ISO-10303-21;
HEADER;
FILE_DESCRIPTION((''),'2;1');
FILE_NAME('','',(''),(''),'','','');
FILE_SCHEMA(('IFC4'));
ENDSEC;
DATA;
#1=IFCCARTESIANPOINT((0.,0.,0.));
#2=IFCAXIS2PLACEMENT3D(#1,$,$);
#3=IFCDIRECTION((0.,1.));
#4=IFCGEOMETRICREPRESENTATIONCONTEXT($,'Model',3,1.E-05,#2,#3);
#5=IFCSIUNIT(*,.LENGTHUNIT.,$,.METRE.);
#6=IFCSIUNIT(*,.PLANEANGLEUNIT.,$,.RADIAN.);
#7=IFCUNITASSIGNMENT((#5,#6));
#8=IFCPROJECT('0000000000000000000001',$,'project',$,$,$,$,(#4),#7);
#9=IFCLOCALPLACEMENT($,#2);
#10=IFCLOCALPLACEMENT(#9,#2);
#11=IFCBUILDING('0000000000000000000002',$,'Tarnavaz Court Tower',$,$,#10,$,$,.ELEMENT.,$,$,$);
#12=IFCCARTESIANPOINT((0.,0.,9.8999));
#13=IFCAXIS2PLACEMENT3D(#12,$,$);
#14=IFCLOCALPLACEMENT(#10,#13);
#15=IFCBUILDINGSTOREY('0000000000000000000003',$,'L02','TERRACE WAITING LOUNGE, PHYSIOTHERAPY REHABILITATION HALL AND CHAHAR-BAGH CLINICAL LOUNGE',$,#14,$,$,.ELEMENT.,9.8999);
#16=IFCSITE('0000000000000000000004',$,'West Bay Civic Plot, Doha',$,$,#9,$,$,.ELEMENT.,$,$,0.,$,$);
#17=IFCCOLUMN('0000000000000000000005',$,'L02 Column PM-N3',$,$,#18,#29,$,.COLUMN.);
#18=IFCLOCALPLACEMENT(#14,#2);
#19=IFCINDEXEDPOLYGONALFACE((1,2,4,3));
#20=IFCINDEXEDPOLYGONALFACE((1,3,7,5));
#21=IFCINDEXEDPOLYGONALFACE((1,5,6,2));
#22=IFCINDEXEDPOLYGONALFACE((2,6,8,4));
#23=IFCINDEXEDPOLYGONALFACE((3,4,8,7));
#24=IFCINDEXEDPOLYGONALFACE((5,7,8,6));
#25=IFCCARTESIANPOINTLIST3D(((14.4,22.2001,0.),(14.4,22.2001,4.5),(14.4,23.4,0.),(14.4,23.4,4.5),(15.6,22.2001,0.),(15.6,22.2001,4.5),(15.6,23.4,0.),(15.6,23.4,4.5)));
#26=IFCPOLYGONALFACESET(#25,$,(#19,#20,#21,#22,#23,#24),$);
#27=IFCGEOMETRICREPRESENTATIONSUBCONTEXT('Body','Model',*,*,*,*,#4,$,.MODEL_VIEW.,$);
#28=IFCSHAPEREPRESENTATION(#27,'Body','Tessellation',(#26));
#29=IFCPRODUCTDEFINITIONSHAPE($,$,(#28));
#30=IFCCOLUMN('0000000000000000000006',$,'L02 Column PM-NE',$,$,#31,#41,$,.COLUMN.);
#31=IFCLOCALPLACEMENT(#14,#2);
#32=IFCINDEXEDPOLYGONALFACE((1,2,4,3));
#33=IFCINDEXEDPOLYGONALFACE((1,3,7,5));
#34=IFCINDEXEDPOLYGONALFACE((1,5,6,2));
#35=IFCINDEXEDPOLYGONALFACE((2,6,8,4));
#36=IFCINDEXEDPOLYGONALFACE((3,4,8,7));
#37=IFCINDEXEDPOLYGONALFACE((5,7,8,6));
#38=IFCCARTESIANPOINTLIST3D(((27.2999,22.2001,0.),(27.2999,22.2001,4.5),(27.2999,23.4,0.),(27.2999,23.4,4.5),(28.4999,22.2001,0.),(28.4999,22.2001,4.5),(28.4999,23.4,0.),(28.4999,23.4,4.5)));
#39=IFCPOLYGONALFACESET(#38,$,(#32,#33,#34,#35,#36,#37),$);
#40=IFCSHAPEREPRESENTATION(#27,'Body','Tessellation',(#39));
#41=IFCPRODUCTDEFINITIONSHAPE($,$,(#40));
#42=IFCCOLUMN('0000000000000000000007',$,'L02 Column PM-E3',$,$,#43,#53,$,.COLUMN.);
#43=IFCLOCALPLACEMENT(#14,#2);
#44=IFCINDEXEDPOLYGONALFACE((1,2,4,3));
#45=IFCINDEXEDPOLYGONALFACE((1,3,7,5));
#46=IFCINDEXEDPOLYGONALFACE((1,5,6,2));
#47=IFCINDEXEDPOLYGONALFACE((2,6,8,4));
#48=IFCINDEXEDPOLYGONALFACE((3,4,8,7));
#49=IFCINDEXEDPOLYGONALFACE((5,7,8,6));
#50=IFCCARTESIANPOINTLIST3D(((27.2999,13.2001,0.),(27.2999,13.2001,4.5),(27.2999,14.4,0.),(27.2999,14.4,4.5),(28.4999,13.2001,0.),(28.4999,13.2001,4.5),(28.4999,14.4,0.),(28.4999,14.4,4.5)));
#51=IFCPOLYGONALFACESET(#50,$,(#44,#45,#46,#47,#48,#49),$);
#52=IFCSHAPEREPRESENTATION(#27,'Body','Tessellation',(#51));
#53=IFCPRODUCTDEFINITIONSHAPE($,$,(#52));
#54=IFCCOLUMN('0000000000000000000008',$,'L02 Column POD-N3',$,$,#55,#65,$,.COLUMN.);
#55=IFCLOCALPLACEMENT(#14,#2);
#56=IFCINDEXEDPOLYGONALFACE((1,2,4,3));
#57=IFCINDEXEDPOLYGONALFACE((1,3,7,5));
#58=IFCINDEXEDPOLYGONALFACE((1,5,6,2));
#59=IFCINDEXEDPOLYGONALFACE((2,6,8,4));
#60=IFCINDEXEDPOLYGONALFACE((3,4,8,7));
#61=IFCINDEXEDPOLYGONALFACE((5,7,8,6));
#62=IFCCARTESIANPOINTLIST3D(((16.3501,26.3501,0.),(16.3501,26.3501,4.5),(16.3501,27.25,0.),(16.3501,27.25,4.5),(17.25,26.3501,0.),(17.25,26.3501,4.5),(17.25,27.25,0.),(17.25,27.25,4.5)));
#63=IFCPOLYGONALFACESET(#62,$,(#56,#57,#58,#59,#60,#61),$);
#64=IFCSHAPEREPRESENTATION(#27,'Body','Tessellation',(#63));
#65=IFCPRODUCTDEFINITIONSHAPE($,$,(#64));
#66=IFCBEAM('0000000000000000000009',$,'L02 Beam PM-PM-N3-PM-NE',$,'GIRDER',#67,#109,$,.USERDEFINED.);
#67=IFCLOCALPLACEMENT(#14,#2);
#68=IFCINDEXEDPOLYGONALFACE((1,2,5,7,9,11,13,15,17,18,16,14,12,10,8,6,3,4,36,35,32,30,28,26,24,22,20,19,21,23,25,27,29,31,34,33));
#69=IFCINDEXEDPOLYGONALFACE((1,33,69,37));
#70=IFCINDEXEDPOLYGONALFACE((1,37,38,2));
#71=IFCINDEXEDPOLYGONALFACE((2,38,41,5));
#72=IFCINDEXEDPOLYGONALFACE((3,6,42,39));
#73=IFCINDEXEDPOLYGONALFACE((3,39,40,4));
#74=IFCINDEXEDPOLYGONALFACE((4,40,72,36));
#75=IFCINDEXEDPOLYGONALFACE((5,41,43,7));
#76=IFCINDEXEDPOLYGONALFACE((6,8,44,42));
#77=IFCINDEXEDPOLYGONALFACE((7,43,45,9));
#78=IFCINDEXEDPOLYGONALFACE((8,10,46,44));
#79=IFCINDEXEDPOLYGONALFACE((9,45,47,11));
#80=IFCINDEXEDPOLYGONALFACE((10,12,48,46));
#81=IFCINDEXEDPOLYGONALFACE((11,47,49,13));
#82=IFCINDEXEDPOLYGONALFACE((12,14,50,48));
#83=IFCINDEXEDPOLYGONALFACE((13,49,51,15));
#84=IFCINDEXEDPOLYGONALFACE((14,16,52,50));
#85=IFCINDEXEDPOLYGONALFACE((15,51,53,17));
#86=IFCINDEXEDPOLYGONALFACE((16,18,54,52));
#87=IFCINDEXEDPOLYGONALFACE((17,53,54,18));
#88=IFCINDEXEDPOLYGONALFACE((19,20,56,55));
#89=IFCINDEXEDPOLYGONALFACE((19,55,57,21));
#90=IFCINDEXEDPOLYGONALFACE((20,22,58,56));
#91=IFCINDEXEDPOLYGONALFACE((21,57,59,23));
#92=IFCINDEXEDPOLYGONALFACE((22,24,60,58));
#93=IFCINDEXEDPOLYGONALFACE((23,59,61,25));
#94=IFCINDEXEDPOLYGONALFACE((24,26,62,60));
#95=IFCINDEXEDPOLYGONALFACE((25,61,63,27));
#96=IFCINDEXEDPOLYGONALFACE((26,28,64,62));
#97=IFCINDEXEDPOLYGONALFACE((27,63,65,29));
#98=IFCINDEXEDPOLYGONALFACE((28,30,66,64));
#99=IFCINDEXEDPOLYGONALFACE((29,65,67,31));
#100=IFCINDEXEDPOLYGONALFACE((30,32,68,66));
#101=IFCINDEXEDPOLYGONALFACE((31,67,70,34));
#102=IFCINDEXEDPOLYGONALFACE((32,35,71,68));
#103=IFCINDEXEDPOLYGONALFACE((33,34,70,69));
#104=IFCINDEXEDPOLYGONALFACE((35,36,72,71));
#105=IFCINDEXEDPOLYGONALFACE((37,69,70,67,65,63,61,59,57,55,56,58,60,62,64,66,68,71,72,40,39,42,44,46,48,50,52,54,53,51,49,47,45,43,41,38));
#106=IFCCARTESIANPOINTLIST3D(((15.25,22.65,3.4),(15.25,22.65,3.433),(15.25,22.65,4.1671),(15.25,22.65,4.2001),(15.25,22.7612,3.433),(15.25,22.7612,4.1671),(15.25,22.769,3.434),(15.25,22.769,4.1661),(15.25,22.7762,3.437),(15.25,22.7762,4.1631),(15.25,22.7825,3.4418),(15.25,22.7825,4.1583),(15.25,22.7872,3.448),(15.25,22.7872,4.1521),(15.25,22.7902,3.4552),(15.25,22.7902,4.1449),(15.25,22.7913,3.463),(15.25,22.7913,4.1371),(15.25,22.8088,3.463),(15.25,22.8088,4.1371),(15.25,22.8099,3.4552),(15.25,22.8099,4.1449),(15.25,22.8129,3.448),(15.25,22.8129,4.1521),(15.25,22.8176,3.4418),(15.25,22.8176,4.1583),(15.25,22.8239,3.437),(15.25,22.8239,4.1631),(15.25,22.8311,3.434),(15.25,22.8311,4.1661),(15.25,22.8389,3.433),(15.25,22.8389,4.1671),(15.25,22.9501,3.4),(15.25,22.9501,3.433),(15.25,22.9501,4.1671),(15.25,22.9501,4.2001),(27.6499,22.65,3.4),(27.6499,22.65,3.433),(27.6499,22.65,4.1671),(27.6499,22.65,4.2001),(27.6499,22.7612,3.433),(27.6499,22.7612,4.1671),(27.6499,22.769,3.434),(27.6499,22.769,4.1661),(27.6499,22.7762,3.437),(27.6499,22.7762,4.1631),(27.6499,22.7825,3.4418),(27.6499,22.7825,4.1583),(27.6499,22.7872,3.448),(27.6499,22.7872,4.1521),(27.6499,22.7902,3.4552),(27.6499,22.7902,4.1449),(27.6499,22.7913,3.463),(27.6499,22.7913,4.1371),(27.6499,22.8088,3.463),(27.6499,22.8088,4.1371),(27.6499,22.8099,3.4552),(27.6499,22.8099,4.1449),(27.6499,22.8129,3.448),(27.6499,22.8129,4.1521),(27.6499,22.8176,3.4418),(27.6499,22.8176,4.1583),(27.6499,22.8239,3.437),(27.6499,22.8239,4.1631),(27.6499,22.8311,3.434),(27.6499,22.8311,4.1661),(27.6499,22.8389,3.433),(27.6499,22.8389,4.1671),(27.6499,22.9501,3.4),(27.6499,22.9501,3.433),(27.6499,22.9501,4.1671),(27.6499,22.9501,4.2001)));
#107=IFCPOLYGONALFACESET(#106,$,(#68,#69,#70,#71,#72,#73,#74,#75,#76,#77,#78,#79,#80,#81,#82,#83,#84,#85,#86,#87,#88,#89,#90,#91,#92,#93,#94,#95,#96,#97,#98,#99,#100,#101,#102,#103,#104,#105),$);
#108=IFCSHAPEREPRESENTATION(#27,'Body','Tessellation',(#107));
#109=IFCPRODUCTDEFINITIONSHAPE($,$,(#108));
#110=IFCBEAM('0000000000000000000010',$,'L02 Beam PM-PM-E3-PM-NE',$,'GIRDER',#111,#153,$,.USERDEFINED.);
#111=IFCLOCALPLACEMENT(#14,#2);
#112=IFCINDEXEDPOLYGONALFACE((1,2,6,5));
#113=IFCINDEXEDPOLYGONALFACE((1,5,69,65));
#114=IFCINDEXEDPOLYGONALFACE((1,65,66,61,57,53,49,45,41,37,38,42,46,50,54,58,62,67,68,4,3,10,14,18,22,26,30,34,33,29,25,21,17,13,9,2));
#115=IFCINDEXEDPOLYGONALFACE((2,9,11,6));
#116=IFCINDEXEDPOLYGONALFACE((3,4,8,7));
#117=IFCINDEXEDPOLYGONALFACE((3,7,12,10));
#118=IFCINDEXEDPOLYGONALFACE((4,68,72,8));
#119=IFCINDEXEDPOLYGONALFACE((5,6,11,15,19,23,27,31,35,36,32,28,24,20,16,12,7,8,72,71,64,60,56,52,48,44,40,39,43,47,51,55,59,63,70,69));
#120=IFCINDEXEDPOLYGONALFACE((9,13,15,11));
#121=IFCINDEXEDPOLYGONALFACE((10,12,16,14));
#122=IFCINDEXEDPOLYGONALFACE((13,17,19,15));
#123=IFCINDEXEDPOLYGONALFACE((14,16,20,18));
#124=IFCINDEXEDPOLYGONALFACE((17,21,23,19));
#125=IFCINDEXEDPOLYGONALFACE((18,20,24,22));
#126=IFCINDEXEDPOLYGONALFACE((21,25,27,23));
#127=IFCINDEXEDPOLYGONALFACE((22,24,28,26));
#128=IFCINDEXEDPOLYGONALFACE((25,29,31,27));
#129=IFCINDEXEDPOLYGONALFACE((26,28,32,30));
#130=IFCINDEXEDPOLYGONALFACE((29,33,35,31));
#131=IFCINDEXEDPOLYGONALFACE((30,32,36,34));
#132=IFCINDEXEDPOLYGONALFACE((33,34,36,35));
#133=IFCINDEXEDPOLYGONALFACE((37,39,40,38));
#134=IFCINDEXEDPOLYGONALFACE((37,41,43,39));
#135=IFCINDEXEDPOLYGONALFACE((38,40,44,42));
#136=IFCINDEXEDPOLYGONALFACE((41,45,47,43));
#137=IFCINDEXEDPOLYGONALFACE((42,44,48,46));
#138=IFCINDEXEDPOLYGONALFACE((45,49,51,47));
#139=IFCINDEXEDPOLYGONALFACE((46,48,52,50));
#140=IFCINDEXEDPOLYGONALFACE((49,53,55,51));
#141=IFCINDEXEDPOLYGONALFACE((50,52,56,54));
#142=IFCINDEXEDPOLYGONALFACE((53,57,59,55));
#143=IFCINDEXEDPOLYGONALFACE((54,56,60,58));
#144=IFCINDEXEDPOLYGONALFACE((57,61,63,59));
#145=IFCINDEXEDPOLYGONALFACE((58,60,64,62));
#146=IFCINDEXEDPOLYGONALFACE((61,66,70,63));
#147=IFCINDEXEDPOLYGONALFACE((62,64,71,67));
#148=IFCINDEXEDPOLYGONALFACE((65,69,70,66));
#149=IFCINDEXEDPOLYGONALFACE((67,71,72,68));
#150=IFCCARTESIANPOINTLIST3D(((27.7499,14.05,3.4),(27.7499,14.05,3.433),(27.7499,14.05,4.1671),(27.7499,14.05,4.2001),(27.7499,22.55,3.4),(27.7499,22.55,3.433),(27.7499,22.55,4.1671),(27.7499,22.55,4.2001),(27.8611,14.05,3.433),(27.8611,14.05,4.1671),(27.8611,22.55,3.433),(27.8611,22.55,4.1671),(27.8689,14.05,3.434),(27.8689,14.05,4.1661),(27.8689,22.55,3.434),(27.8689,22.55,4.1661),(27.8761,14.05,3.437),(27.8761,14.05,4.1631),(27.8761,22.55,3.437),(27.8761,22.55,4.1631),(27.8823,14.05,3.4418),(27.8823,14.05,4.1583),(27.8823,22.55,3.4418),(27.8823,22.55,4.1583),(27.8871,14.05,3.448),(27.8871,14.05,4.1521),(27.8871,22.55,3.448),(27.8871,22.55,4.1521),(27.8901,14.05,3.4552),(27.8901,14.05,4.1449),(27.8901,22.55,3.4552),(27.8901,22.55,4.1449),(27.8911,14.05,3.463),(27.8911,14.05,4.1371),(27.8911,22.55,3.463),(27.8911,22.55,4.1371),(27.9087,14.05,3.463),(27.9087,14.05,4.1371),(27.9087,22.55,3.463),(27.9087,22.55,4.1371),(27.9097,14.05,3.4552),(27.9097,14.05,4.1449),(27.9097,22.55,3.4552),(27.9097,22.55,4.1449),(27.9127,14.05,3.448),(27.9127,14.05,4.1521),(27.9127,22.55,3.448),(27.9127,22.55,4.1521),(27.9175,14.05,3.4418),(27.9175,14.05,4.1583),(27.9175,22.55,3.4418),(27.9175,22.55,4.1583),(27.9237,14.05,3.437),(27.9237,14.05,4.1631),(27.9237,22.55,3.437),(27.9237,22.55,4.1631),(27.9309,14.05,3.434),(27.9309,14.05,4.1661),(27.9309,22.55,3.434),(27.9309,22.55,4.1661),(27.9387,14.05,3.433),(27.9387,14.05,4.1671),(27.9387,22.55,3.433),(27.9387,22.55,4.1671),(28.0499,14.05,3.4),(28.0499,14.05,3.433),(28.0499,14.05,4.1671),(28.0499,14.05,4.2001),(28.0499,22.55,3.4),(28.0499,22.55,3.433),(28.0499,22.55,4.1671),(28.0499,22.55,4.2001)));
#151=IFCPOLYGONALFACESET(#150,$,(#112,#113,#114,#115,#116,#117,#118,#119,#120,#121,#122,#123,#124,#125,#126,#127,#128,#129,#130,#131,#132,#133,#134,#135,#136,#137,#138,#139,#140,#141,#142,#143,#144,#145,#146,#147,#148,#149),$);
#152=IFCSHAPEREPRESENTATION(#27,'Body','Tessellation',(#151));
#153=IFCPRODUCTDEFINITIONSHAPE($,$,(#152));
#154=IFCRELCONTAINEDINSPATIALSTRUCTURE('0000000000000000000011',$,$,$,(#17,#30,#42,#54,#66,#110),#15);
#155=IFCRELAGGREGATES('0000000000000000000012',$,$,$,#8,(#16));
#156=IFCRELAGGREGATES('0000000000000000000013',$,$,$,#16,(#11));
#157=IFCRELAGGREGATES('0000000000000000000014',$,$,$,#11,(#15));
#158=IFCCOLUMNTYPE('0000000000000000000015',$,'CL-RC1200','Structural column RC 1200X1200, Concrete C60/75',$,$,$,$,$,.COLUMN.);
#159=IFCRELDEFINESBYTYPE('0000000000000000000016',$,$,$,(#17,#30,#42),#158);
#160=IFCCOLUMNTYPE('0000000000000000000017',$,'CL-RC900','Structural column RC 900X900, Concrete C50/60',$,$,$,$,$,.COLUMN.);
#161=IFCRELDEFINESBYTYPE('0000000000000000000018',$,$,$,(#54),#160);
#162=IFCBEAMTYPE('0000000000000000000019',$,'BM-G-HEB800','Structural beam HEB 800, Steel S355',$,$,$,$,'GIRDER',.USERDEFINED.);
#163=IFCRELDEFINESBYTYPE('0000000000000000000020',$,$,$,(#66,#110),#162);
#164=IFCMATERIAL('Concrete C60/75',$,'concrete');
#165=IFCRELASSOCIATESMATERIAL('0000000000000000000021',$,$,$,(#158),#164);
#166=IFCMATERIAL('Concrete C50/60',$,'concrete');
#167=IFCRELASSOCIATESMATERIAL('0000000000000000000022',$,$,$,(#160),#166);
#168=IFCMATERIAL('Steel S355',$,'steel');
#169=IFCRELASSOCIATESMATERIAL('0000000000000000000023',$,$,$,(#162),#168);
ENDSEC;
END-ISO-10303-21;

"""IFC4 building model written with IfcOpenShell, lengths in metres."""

from ifc_helpers import new_model, si_unit, direction, frame, origin, origin_2d, place, context, subcontext, project, spatial, rectangle, i_section, extrude, material, material_profile, profile_set, type_object, element, save


model = new_model("IFC4")

# Units and contexts
model_context = context("Model", 3, precision=1e-05, world=origin(), true_north=direction((0.0, 1.0)))
body_context = subcontext(model_context, "Body", "Model", "MODEL_VIEW")
ifc_project = project(units=[si_unit("LENGTHUNIT", "METRE"), si_unit("PLANEANGLEUNIT", "RADIAN")], contexts=[model_context])

# Site, building, storey
site_placement = place(None, origin())
site = spatial("IfcSite", under=ifc_project, at=site_placement, Name="West Bay Civic Plot, Doha", CompositionType="ELEMENT", RefElevation=0.0)
building_placement = place(site_placement, origin())
building = spatial("IfcBuilding", under=site, at=building_placement, Name="Tarnavaz Court Tower", CompositionType="ELEMENT")
storey_placement = place(building_placement, frame((0.0, 0.0, 9.8999)))
storey = spatial("IfcBuildingStorey", under=building, at=storey_placement, Name="L02", Description="TERRACE WAITING LOUNGE, PHYSIOTHERAPY REHABILITATION HALL AND CHAHAR-BAGH CLINICAL LOUNGE", CompositionType="ELEMENT", Elevation=9.8999)

# Columns
ifc_material_1 = material(Name="Concrete C60/75", Category="concrete")
ifc_material_profile_1 = material_profile(ifc_material_1, rectangle(XDim=1.2, YDim=1.2, at=origin_2d()), Name="RC 1200X1200")
ifc_profile_set_1 = profile_set([ifc_material_profile_1], Name="Concrete C60/75")
column_type_1 = type_object("IfcColumnType", Name="CL-RC1200", Description="Structural column RC 1200X1200, Concrete C60/75", PredefinedType="COLUMN", material=ifc_profile_set_1)
for number, where, z_axis, x_axis, name in (
    (1, (15.0, 22.8, 0.0), (0.0, 0.0, 1.0), (1.0, 0.0, 0.0), "L02 Column PM-N3"),
    (2, (27.8999, 22.8, 0.0), (0.0, 0.0, 1.0), (1.0, 0.0, 0.0), "L02 Column PM-NE"),
    (3, (27.8999, 13.8, 0.0), (0.0, 0.0, 1.0), (1.0, 0.0, 0.0), "L02 Column PM-E3"),
):
    element("IfcColumn", number, at=place(storey_placement, frame(where, z_axis=z_axis, x_axis=x_axis)), inside=storey, type_object=column_type_1, Name=name, PredefinedType="COLUMN", context=body_context, shape_type="SweptSolid", body=[
        extrude(rectangle(XDim=1.2, YDim=1.2, at=origin_2d()), origin(), (0.0, 0.0, 1.0), 4.5),
    ])
ifc_material_2 = material(Name="Concrete C50/60", Category="concrete")
ifc_material_profile_2 = material_profile(ifc_material_2, rectangle(XDim=0.8999, YDim=0.8999, at=origin_2d()), Name="RC 900X900")
ifc_profile_set_2 = profile_set([ifc_material_profile_2], Name="Concrete C50/60")
column_type_2 = type_object("IfcColumnType", Name="CL-RC900", Description="Structural column RC 900X900, Concrete C50/60", PredefinedType="COLUMN", material=ifc_profile_set_2)
column_placement = place(storey_placement, frame((16.8, 26.8, 0.0), z_axis=(0.0, 0.0, 1.0), x_axis=(1.0, 0.0, 0.0)))
element("IfcColumn", 4, at=column_placement, inside=storey, type_object=column_type_2, Name="L02 Column POD-N3", PredefinedType="COLUMN", context=body_context, shape_type="SweptSolid", body=[
    extrude(rectangle(XDim=0.8999, YDim=0.8999, at=origin_2d()), origin(), (0.0, 0.0, 1.0), 4.5),
])

# Beams
ifc_material_3 = material(Name="Steel S355", Category="steel")
ifc_material_profile_3 = material_profile(ifc_material_3, i_section(OverallWidth=0.3, OverallDepth=0.8, WebThickness=0.0176, FlangeThickness=0.033, FilletRadius=0.03, at=origin_2d()), Name="HEB 800")
ifc_profile_set_3 = profile_set([ifc_material_profile_3], Name="Steel S355")
beam_type = type_object("IfcBeamType", Name="BM-G-HEB800", Description="Structural beam HEB 800, Steel S355", ElementType="GIRDER", PredefinedType="USERDEFINED", material=ifc_profile_set_3)
beam_1_placement = place(storey_placement, frame((15.25, 22.8, 3.8), z_axis=(1.0, 0.0, 0.0), x_axis=(0.0, 1.0, 0.0)))
element("IfcBeam", 5, at=beam_1_placement, inside=storey, type_object=beam_type, Name="L02 Beam PM-PM-N3-PM-NE", ObjectType="GIRDER", PredefinedType="USERDEFINED", context=body_context, shape_type="SweptSolid", body=[
    extrude(i_section(OverallWidth=0.3, OverallDepth=0.8, WebThickness=0.0176, FlangeThickness=0.033, FilletRadius=0.03, at=origin_2d()), origin(), (0.0, 0.0, 1.0), 12.3999),
])
beam_2_placement = place(storey_placement, frame((27.8999, 14.05, 3.8), z_axis=(0.0, 1.0, 0.0), x_axis=(-1.0, 0.0, 0.0)))
element("IfcBeam", 6, at=beam_2_placement, inside=storey, type_object=beam_type, Name="L02 Beam PM-PM-E3-PM-NE", ObjectType="GIRDER", PredefinedType="USERDEFINED", context=body_context, shape_type="SweptSolid", body=[
    extrude(i_section(OverallWidth=0.3, OverallDepth=0.8, WebThickness=0.0176, FlangeThickness=0.033, FilletRadius=0.03, at=origin_2d()), origin(), (0.0, 0.0, 1.0), 8.5),
])

save(model, "model.ifc")
